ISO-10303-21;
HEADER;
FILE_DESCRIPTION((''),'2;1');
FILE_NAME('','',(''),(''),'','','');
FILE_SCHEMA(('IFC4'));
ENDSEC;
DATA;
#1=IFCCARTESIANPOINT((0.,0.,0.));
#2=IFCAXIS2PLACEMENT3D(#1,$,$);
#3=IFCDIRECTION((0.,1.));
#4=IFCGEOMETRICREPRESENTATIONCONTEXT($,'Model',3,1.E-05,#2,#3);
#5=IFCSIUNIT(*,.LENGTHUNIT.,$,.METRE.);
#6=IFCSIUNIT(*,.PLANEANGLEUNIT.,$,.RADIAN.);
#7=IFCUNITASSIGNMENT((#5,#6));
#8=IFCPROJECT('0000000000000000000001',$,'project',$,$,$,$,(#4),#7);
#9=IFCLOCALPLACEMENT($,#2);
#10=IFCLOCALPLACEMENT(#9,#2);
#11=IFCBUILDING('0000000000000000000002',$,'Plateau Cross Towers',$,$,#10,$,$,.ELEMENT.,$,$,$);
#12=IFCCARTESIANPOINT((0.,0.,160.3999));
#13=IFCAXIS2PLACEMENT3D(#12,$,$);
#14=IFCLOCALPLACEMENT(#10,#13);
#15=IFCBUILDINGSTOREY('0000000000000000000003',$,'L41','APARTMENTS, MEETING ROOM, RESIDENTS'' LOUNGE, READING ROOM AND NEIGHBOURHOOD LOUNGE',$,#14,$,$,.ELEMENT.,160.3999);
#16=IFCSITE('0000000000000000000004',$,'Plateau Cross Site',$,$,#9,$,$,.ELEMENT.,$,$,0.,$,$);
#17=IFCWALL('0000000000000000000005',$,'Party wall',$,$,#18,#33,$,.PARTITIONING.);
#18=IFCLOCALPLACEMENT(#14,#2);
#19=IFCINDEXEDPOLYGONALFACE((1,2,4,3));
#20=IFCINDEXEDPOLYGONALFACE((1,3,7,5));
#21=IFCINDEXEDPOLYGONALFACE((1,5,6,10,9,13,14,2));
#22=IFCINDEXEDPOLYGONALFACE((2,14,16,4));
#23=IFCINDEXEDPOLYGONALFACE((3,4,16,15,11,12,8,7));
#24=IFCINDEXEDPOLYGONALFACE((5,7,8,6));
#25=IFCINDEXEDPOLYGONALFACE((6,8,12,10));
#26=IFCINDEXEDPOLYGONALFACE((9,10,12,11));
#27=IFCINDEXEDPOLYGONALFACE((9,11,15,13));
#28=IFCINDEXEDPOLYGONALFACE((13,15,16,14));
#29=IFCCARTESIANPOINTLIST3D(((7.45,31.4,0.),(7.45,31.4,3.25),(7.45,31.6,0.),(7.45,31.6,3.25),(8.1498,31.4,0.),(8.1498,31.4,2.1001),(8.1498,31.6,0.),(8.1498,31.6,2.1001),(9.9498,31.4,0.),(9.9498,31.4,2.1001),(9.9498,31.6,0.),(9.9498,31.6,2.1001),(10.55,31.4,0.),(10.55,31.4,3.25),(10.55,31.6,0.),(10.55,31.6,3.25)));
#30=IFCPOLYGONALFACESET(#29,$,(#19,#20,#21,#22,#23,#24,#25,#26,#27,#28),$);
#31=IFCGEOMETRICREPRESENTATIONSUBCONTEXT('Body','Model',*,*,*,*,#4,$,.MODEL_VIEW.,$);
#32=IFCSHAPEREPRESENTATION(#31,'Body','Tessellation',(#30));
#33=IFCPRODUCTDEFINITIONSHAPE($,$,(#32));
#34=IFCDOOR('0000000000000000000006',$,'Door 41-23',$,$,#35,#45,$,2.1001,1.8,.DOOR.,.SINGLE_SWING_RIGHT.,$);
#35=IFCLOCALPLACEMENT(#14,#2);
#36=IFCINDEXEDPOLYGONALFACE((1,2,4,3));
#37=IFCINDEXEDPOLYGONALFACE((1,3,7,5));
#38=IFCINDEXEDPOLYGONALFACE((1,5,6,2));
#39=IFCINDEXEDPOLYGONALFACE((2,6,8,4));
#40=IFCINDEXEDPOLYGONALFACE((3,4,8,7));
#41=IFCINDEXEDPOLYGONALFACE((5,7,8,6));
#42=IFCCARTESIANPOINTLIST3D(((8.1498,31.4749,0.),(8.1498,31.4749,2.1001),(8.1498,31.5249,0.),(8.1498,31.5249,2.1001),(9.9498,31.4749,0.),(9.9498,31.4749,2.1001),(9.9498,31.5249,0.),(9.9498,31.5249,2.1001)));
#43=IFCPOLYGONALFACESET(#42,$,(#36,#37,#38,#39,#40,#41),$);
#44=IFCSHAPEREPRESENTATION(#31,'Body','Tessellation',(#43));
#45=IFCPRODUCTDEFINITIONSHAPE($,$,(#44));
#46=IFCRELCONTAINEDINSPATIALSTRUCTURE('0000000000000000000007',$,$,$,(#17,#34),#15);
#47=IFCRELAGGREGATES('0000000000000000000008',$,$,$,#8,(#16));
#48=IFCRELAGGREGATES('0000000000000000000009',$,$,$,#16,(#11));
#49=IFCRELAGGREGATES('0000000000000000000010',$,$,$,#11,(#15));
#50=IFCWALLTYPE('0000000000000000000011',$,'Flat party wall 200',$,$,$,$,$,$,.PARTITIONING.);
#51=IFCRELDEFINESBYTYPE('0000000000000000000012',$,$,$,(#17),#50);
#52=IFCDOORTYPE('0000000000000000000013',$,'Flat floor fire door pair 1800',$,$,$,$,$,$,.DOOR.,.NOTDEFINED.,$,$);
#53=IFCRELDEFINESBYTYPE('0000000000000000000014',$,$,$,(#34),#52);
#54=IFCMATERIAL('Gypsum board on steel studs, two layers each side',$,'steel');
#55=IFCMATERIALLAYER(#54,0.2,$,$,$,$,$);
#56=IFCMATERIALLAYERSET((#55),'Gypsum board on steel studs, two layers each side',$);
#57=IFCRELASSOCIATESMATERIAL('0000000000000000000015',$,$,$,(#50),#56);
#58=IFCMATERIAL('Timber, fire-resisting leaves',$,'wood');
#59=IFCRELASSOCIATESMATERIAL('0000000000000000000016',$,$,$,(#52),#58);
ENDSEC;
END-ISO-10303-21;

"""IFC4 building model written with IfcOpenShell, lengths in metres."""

from ifc_helpers import new_model, si_unit, direction, frame, frame_2d, origin, place, context, subcontext, project, spatial, rectangle, extrude, material, layer, layer_set, type_object, element, fill, save


model = new_model("IFC4")

# Units and contexts
model_context = context("Model", 3, precision=1e-05, world=origin(), true_north=direction((0.0, 1.0)))
body_context = subcontext(model_context, "Body", "Model", "MODEL_VIEW")
ifc_project = project(units=[si_unit("LENGTHUNIT", "METRE"), si_unit("PLANEANGLEUNIT", "RADIAN")], contexts=[model_context])

# Site, building, storey
site_placement = place(None, origin())
site = spatial("IfcSite", under=ifc_project, at=site_placement, Name="Plateau Cross Site", CompositionType="ELEMENT", RefElevation=0.0)
building_placement = place(site_placement, origin())
building = spatial("IfcBuilding", under=site, at=building_placement, Name="Plateau Cross Towers", CompositionType="ELEMENT")
storey_placement = place(building_placement, frame((0.0, 0.0, 160.3999)))
storey = spatial("IfcBuildingStorey", under=building, at=storey_placement, Name="L41", Description="APARTMENTS, MEETING ROOM, RESIDENTS' LOUNGE, READING ROOM AND NEIGHBOURHOOD LOUNGE", CompositionType="ELEMENT", Elevation=160.3999)

# Shared definitions
ifc_material_1 = material(Name="Gypsum board on steel studs, two layers each side", Category="steel")
ifc_layer_1 = layer(ifc_material_1, 0.2)
ifc_layer_set_1 = layer_set([ifc_layer_1], Name="Gypsum board on steel studs, two layers each side")
wall_type_1 = type_object("IfcWallType", Name="Flat party wall 200", PredefinedType="PARTITIONING", material=ifc_layer_set_1)

# Wall, opening, door
wall_1_placement = place(storey_placement, frame((7.45, 31.5, 0.0), z_axis=(0.0, 0.0, 1.0), x_axis=(1.0, 0.0, 0.0)))
wall_1 = element("IfcWall", 1, at=wall_1_placement, inside=storey, type_object=wall_type_1, Name="Party wall", PredefinedType="PARTITIONING", context=body_context, shape_type="SweptSolid", body=[
    extrude(rectangle(XDim=3.1001, YDim=0.2, at=frame_2d((1.55, 0.0))), origin(), (0.0, 0.0, 1.0), 3.25),
])
opening_1_placement = place(wall_1_placement, frame((0.7, 0.0, 0.0)))
opening_1 = element("IfcOpeningElement", 2, at=opening_1_placement, cuts=wall_1, PredefinedType="OPENING", context=body_context, shape_type="SweptSolid", body=[
    extrude(rectangle(XDim=1.8, YDim=2.1001, at=frame_2d((0.8999, 1.05))), frame((0.0, 0.1099, 0.0), z_axis=(0.0, -1.0, 0.0), x_axis=(1.0, 0.0, 0.0)), (0.0, 0.0, 1.0), 0.22),
])
ifc_material_2 = material(Name="Timber, fire-resisting leaves", Category="wood")
door_type_1 = type_object("IfcDoorType", Name="Flat floor fire door pair 1800", OperationType="NOTDEFINED", PredefinedType="DOOR", material=ifc_material_2)
door_1_placement = place(opening_1_placement, origin())
door_1 = element("IfcDoor", 3, at=door_1_placement, inside=storey, type_object=door_type_1, Name="Door 41-23", OperationType="SINGLE_SWING_RIGHT", OverallHeight=2.1001, OverallWidth=1.8, PredefinedType="DOOR", context=body_context, shape_type="SweptSolid", body=[
    extrude(rectangle(XDim=1.8, YDim=2.1001, at=frame_2d((0.8999, 1.05))), frame((0.0, 0.0249, 0.0), z_axis=(0.0, -1.0, 0.0), x_axis=(1.0, 0.0, 0.0)), (0.0, 0.0, 1.0), 0.05),
])
fill(opening_1, door_1)

save(model, "model.ifc")
